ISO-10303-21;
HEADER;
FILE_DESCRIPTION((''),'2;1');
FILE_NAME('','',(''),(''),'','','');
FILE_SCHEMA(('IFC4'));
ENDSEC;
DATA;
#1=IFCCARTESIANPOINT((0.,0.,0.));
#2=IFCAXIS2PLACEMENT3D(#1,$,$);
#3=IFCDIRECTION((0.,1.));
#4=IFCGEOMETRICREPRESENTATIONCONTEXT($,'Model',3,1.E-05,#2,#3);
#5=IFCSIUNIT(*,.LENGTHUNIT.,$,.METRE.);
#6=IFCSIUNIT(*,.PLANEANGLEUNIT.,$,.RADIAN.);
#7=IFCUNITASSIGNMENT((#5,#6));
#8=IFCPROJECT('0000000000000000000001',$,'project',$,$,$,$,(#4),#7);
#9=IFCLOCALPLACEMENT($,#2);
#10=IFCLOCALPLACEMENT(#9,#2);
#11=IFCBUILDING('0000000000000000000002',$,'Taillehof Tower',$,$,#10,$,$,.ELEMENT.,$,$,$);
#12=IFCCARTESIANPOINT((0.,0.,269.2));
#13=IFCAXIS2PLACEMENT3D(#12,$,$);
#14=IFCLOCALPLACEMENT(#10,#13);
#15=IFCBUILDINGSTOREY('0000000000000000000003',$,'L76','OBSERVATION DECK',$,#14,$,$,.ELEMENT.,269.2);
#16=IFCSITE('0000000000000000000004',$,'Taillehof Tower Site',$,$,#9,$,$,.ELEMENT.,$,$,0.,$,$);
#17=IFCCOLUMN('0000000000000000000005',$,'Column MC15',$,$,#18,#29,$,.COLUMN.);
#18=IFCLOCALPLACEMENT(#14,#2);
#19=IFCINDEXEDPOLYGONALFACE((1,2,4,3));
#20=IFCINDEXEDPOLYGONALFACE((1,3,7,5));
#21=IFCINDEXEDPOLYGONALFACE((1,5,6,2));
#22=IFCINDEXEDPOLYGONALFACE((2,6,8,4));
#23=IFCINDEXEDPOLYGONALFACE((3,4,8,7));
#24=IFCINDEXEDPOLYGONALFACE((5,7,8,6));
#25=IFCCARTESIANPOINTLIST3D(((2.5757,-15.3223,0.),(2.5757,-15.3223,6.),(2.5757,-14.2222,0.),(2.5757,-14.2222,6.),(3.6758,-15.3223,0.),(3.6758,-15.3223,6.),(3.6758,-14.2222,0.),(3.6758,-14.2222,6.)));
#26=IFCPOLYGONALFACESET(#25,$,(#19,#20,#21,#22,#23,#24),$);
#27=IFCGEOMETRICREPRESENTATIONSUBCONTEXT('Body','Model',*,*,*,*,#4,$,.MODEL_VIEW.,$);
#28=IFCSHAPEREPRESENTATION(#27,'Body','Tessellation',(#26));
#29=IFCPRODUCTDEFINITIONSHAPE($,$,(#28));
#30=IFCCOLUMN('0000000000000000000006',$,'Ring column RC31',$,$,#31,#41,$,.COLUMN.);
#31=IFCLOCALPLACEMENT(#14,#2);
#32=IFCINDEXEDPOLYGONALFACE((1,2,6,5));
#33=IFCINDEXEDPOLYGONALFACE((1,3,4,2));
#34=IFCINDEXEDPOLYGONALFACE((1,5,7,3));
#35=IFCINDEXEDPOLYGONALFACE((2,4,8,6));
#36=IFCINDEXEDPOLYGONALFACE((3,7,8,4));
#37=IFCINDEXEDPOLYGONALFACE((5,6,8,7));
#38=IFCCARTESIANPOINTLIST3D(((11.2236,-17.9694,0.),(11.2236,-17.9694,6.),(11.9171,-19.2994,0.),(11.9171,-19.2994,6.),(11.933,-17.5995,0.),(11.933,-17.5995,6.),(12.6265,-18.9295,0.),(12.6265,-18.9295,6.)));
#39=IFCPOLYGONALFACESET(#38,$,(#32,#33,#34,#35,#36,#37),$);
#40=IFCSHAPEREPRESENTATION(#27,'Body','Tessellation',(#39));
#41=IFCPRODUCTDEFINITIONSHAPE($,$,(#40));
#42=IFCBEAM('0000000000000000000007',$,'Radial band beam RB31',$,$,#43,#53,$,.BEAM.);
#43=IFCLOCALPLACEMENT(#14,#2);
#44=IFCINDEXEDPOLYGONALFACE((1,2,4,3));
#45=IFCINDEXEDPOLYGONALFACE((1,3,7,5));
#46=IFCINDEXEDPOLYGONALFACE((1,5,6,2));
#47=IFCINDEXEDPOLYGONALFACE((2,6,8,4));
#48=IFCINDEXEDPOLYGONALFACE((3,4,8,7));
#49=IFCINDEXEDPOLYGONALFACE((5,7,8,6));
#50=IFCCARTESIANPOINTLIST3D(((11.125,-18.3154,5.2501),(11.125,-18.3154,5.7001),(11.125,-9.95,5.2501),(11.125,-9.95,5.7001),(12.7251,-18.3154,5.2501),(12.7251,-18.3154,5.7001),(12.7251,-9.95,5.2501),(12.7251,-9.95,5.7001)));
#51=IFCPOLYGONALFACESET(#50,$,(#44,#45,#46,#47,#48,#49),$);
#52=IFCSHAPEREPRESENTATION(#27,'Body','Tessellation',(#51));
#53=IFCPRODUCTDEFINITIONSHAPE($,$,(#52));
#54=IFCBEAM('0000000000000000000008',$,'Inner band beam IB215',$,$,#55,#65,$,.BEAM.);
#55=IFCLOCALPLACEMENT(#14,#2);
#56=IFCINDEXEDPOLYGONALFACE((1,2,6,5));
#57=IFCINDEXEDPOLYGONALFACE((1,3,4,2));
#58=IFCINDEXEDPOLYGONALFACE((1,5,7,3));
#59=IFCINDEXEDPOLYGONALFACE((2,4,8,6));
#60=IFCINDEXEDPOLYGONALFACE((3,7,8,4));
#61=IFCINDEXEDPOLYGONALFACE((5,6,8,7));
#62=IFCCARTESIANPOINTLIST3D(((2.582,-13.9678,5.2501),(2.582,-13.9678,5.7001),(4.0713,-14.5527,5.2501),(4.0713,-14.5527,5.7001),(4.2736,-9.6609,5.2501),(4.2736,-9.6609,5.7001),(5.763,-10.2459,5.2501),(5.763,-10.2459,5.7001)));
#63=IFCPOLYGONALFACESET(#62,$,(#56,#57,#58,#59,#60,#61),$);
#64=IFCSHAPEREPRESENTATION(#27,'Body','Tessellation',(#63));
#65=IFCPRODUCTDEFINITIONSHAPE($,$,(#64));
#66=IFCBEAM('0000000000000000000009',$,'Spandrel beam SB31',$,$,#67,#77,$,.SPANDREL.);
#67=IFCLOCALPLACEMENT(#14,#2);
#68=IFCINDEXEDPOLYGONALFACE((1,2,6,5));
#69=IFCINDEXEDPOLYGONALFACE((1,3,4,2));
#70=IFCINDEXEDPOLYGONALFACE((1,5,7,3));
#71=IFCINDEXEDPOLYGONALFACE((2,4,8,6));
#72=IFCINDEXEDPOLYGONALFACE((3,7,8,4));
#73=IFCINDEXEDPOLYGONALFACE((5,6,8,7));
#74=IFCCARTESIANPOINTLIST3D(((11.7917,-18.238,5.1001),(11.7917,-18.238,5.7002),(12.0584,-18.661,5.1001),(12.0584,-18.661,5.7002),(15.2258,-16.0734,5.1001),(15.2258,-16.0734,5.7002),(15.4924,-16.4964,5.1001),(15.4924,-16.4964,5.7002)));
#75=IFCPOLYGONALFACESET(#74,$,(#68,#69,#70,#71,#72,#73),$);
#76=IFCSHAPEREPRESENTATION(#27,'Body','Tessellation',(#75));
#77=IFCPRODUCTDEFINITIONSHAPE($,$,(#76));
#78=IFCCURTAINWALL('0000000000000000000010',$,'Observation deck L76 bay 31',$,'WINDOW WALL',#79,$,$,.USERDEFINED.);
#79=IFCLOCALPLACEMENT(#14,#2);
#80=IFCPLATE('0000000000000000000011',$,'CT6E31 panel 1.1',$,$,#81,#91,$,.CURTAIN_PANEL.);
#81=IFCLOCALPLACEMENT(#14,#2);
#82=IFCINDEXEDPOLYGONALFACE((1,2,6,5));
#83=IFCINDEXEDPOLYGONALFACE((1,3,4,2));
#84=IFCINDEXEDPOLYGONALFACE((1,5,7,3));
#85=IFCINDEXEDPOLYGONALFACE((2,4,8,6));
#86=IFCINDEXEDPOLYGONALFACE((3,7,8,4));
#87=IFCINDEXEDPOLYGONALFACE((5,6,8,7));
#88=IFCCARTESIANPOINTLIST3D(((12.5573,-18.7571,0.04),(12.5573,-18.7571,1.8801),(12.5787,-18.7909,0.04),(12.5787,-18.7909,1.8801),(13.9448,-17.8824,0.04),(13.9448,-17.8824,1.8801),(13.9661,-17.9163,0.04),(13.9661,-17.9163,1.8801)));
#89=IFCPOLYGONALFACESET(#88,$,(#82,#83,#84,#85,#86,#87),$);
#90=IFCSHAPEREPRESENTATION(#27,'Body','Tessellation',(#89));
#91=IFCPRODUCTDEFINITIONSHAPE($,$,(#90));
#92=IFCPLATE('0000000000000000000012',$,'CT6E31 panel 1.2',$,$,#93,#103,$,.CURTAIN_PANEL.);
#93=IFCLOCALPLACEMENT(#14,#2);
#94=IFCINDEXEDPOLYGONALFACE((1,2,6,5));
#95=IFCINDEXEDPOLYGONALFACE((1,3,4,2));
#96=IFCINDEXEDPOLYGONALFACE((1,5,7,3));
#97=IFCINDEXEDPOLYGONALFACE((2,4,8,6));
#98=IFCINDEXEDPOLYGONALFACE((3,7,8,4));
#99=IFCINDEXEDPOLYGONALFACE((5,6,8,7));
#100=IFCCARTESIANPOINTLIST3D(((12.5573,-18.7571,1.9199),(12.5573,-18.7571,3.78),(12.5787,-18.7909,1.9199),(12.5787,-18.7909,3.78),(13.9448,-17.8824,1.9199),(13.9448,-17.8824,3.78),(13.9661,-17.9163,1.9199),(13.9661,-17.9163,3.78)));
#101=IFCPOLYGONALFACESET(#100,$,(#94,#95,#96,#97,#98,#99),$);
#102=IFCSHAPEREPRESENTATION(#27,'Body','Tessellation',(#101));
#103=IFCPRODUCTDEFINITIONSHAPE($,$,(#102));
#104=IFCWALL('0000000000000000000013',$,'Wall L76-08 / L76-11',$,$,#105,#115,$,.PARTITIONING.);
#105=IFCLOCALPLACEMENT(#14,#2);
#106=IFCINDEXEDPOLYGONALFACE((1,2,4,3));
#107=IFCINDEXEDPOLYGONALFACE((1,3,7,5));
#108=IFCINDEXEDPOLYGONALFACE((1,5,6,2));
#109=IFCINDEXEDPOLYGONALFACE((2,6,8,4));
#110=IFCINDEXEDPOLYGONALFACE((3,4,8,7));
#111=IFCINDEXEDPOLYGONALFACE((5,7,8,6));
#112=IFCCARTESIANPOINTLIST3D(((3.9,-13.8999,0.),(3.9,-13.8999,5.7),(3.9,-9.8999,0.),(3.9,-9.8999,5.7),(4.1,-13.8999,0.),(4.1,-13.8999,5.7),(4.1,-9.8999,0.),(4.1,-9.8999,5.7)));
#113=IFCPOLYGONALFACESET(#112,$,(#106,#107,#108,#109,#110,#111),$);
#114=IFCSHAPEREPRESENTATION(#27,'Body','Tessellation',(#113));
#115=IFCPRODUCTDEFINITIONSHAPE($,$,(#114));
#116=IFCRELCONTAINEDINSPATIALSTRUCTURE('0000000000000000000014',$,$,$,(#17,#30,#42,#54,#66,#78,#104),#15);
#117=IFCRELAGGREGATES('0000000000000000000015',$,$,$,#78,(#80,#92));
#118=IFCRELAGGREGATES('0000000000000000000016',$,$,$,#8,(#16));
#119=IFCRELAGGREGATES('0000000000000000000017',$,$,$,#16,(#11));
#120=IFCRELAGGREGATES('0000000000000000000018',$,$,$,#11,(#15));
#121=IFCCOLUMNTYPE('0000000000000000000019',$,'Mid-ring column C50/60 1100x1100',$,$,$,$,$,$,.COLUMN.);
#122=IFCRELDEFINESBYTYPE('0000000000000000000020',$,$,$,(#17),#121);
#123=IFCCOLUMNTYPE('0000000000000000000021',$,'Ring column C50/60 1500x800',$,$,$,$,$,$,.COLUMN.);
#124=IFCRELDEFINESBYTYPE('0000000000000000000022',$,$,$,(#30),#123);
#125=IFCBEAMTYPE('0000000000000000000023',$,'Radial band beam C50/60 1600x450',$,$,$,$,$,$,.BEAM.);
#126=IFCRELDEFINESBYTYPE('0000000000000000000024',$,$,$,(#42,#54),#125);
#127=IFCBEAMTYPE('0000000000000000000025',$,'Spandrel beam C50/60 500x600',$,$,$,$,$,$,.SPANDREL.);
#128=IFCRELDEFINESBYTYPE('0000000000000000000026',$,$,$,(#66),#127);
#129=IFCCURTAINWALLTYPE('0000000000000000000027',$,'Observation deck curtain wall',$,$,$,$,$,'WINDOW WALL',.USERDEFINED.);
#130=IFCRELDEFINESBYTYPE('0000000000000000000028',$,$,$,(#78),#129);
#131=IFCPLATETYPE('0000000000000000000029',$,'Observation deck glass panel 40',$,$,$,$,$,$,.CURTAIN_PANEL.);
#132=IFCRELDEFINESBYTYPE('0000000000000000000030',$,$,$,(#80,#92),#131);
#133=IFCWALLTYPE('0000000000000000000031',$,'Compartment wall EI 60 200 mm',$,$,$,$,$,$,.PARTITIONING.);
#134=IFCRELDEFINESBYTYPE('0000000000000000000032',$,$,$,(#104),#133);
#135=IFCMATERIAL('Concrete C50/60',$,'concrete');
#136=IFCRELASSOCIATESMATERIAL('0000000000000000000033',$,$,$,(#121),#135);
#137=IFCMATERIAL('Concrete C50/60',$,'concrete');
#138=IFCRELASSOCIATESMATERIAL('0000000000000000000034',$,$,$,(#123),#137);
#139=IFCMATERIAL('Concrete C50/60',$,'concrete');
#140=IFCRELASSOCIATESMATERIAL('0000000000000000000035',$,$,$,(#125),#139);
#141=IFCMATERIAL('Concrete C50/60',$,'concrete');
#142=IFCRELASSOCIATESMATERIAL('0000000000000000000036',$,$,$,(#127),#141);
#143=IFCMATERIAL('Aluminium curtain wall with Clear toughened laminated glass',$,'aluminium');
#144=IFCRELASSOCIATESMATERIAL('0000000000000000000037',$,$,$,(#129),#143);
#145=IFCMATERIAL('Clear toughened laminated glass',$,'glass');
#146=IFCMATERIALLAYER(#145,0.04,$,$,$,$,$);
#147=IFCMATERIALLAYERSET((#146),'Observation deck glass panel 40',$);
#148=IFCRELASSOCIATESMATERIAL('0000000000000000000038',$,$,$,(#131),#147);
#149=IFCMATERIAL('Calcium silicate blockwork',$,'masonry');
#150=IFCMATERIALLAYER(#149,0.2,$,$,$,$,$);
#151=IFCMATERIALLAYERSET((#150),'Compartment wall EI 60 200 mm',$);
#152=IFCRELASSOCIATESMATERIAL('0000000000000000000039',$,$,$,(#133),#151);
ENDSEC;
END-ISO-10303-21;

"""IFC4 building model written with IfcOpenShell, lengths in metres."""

from ifc_helpers import new_model, si_unit, direction, frame, frame_2d, origin, origin_2d, place, context, subcontext, project, spatial, rectangle, extrude, material, layer, layer_set, material_profile, profile_set, type_object, element, aggregate, save


model = new_model("IFC4")

# Units and contexts
model_context = context("Model", 3, precision=1e-05, world=origin(), true_north=direction((0.0, 1.0)))
body_context = subcontext(model_context, "Body", "Model", "MODEL_VIEW")
ifc_project = project(units=[si_unit("LENGTHUNIT", "METRE"), si_unit("PLANEANGLEUNIT", "RADIAN")], contexts=[model_context])

# Site, building, storey
site_placement = place(None, origin())
site = spatial("IfcSite", under=ifc_project, at=site_placement, Name="Taillehof Tower Site", CompositionType="ELEMENT", RefElevation=0.0)
building_placement = place(site_placement, origin())
building = spatial("IfcBuilding", under=site, at=building_placement, Name="Taillehof Tower", CompositionType="ELEMENT")
storey_placement = place(building_placement, frame((0.0, 0.0, 269.2)))
storey = spatial("IfcBuildingStorey", under=building, at=storey_placement, Name="L76", Description="OBSERVATION DECK", CompositionType="ELEMENT", Elevation=269.2)

# Columns
ifc_material_1 = material(Name="Concrete C50/60", Category="concrete")
ifc_material_profile_1 = material_profile(ifc_material_1, rectangle(XDim=1.1001, YDim=1.1001, at=origin_2d()), Name="RC 1100x1100")
ifc_profile_set_1 = profile_set([ifc_material_profile_1], Name="Concrete C50/60")
column_type_1 = type_object("IfcColumnType", Name="Mid-ring column C50/60 1100x1100", PredefinedType="COLUMN", material=ifc_profile_set_1)
column_1_placement = place(storey_placement, frame((3.1257, -14.7722, 0.0), z_axis=(0.0, 0.0, 1.0), x_axis=(1.0, 0.0, 0.0)))
element("IfcColumn", 1, at=column_1_placement, inside=storey, type_object=column_type_1, Name="Column MC15", PredefinedType="COLUMN", context=body_context, shape_type="SweptSolid", body=[
    extrude(rectangle(XDim=1.1001, YDim=1.1001, at=origin_2d()), origin(), (0.0, 0.0, 1.0), 6.0),
])
ifc_material_2 = material(Name="Concrete C50/60", Category="concrete")
ifc_material_profile_2 = material_profile(ifc_material_2, rectangle(XDim=1.5, YDim=0.8, at=origin_2d()), Name="RC 1500x800")
ifc_profile_set_2 = profile_set([ifc_material_profile_2], Name="Concrete C50/60")
column_type_2 = type_object("IfcColumnType", Name="Ring column C50/60 1500x800", PredefinedType="COLUMN", material=ifc_profile_set_2)
column_2_placement = place(storey_placement, frame((11.925, -18.4495, 0.0), z_axis=(0.0, 0.0, 1.0), x_axis=(0.462384, -0.88668, 0.0)))
element("IfcColumn", 2, at=column_2_placement, inside=storey, type_object=column_type_2, Name="Ring column RC31", PredefinedType="COLUMN", context=body_context, shape_type="SweptSolid", body=[
    extrude(rectangle(XDim=1.5, YDim=0.8, at=origin_2d()), origin(), (0.0, 0.0, 1.0), 6.0),
])

# Beams
ifc_material_3 = material(Name="Concrete C50/60", Category="concrete")
ifc_material_profile_3 = material_profile(ifc_material_3, rectangle(XDim=1.6001, YDim=0.45, at=origin_2d()), Name="RC 1600x450")
ifc_profile_set_3 = profile_set([ifc_material_profile_3], Name="Concrete C50/60")
beam_type_1 = type_object("IfcBeamType", Name="Radial band beam C50/60 1600x450", PredefinedType="BEAM", material=ifc_profile_set_3)
beam_1_placement = place(storey_placement, frame((11.925, -18.3154, 5.4751), z_axis=(0.0, 1.0, 0.0), x_axis=(-1.0, 0.0, 0.0)))
element("IfcBeam", 3, at=beam_1_placement, inside=storey, type_object=beam_type_1, Name="Radial band beam RB31", PredefinedType="BEAM", context=body_context, shape_type="SweptSolid", body=[
    extrude(rectangle(XDim=1.6001, YDim=0.45, at=origin_2d()), origin(), (0.0, 0.0, 1.0), 8.3655),
])
beam_2_placement = place(storey_placement, frame((3.3267, -14.2603, 5.4751), z_axis=(0.365589, 0.930777, 0.0), x_axis=(-0.930777, 0.365589, 0.0)))
element("IfcBeam", 4, at=beam_2_placement, inside=storey, type_object=beam_type_1, Name="Inner band beam IB215", PredefinedType="BEAM", context=body_context, shape_type="SweptSolid", body=[
    extrude(rectangle(XDim=1.6001, YDim=0.45, at=origin_2d()), origin(), (0.0, 0.0, 1.0), 4.6272),
])
ifc_material_4 = material(Name="Concrete C50/60", Category="concrete")
ifc_material_profile_4 = material_profile(ifc_material_4, rectangle(XDim=0.5, YDim=0.6001, at=origin_2d()), Name="RC 500x600")
ifc_profile_set_4 = profile_set([ifc_material_profile_4], Name="Concrete C50/60")
beam_type_2 = type_object("IfcBeamType", Name="Spandrel beam C50/60 500x600", PredefinedType="SPANDREL", material=ifc_profile_set_4)
beam_3_placement = place(storey_placement, frame((11.925, -18.4495, 5.4001), z_axis=(0.845972, 0.533228, 0.0), x_axis=(-0.533228, 0.845972, 0.0)))
element("IfcBeam", 5, at=beam_3_placement, inside=storey, type_object=beam_type_2, Name="Spandrel beam SB31", PredefinedType="SPANDREL", context=body_context, shape_type="SweptSolid", body=[
    extrude(rectangle(XDim=0.5, YDim=0.6001, at=origin_2d()), origin(), (0.0, 0.0, 1.0), 4.0593),
])

# Curtain wall, plates
ifc_material_5 = material(Name="Aluminium curtain wall with Clear toughened laminated glass", Category="aluminium")
curtain_wall_type = type_object("IfcCurtainWallType", Name="Observation deck curtain wall", ElementType="WINDOW WALL", PredefinedType="USERDEFINED", material=ifc_material_5)
curtain_wall_placement = place(storey_placement, origin())
curtain_wall = element("IfcCurtainWall", 6, at=curtain_wall_placement, inside=storey, type_object=curtain_wall_type, Name="Observation deck L76 bay 31", ObjectType="WINDOW WALL", PredefinedType="USERDEFINED")
ifc_material_6 = material(Name="Clear toughened laminated glass", Category="glass")
ifc_layer_1 = layer(ifc_material_6, 0.04)
ifc_layer_set_1 = layer_set([ifc_layer_1], Name="Observation deck glass panel 40")
plate_type = type_object("IfcPlateType", Name="Observation deck glass panel 40", PredefinedType="CURTAIN_PANEL", material=ifc_layer_set_1)
plate_1_placement = place(storey_placement, frame((13.2617, -18.3367, 0.04), z_axis=(0.0, 0.0, 1.0), x_axis=(0.84593, 0.533294, 0.0)))
plate_1 = element("IfcPlate", 7, at=plate_1_placement, type_object=plate_type, Name="CT6E31 panel 1.1", PredefinedType="CURTAIN_PANEL", context=body_context, shape_type="SweptSolid", body=[
    extrude(rectangle(XDim=1.6401, YDim=0.04, at=origin_2d()), origin(), (0.0, 0.0, 1.0), 1.8401),
])
plate_2_placement = place(storey_placement, frame((13.2617, -18.3367, 1.9199), z_axis=(0.0, 0.0, 1.0), x_axis=(0.84593, 0.533294, 0.0)))
plate_2 = element("IfcPlate", 8, at=plate_2_placement, type_object=plate_type, Name="CT6E31 panel 1.2", PredefinedType="CURTAIN_PANEL", context=body_context, shape_type="SweptSolid", body=[
    extrude(rectangle(XDim=1.6401, YDim=0.04, at=origin_2d()), origin(), (0.0, 0.0, 1.0), 1.8601),
])
aggregate(curtain_wall, [plate_1, plate_2])

# Wall
ifc_material_7 = material(Name="Calcium silicate blockwork", Category="masonry")
ifc_layer_2 = layer(ifc_material_7, 0.2)
ifc_layer_set_2 = layer_set([ifc_layer_2], Name="Compartment wall EI 60 200 mm")
wall_type_1 = type_object("IfcWallType", Name="Compartment wall EI 60 200 mm", PredefinedType="PARTITIONING", material=ifc_layer_set_2)
wall_1_placement = place(storey_placement, frame((4.0, -13.8999, 0.0), z_axis=(0.0, 0.0, 1.0), x_axis=(0.0, 1.0, 0.0)))
element("IfcWall", 9, at=wall_1_placement, inside=storey, type_object=wall_type_1, Name="Wall L76-08 / L76-11", PredefinedType="PARTITIONING", context=body_context, shape_type="SweptSolid", body=[
    extrude(rectangle(XDim=4.0, YDim=0.2, at=frame_2d((2.0, 0.0))), origin(), (0.0, 0.0, 1.0), 5.7),
])

save(model, "model.ifc")
